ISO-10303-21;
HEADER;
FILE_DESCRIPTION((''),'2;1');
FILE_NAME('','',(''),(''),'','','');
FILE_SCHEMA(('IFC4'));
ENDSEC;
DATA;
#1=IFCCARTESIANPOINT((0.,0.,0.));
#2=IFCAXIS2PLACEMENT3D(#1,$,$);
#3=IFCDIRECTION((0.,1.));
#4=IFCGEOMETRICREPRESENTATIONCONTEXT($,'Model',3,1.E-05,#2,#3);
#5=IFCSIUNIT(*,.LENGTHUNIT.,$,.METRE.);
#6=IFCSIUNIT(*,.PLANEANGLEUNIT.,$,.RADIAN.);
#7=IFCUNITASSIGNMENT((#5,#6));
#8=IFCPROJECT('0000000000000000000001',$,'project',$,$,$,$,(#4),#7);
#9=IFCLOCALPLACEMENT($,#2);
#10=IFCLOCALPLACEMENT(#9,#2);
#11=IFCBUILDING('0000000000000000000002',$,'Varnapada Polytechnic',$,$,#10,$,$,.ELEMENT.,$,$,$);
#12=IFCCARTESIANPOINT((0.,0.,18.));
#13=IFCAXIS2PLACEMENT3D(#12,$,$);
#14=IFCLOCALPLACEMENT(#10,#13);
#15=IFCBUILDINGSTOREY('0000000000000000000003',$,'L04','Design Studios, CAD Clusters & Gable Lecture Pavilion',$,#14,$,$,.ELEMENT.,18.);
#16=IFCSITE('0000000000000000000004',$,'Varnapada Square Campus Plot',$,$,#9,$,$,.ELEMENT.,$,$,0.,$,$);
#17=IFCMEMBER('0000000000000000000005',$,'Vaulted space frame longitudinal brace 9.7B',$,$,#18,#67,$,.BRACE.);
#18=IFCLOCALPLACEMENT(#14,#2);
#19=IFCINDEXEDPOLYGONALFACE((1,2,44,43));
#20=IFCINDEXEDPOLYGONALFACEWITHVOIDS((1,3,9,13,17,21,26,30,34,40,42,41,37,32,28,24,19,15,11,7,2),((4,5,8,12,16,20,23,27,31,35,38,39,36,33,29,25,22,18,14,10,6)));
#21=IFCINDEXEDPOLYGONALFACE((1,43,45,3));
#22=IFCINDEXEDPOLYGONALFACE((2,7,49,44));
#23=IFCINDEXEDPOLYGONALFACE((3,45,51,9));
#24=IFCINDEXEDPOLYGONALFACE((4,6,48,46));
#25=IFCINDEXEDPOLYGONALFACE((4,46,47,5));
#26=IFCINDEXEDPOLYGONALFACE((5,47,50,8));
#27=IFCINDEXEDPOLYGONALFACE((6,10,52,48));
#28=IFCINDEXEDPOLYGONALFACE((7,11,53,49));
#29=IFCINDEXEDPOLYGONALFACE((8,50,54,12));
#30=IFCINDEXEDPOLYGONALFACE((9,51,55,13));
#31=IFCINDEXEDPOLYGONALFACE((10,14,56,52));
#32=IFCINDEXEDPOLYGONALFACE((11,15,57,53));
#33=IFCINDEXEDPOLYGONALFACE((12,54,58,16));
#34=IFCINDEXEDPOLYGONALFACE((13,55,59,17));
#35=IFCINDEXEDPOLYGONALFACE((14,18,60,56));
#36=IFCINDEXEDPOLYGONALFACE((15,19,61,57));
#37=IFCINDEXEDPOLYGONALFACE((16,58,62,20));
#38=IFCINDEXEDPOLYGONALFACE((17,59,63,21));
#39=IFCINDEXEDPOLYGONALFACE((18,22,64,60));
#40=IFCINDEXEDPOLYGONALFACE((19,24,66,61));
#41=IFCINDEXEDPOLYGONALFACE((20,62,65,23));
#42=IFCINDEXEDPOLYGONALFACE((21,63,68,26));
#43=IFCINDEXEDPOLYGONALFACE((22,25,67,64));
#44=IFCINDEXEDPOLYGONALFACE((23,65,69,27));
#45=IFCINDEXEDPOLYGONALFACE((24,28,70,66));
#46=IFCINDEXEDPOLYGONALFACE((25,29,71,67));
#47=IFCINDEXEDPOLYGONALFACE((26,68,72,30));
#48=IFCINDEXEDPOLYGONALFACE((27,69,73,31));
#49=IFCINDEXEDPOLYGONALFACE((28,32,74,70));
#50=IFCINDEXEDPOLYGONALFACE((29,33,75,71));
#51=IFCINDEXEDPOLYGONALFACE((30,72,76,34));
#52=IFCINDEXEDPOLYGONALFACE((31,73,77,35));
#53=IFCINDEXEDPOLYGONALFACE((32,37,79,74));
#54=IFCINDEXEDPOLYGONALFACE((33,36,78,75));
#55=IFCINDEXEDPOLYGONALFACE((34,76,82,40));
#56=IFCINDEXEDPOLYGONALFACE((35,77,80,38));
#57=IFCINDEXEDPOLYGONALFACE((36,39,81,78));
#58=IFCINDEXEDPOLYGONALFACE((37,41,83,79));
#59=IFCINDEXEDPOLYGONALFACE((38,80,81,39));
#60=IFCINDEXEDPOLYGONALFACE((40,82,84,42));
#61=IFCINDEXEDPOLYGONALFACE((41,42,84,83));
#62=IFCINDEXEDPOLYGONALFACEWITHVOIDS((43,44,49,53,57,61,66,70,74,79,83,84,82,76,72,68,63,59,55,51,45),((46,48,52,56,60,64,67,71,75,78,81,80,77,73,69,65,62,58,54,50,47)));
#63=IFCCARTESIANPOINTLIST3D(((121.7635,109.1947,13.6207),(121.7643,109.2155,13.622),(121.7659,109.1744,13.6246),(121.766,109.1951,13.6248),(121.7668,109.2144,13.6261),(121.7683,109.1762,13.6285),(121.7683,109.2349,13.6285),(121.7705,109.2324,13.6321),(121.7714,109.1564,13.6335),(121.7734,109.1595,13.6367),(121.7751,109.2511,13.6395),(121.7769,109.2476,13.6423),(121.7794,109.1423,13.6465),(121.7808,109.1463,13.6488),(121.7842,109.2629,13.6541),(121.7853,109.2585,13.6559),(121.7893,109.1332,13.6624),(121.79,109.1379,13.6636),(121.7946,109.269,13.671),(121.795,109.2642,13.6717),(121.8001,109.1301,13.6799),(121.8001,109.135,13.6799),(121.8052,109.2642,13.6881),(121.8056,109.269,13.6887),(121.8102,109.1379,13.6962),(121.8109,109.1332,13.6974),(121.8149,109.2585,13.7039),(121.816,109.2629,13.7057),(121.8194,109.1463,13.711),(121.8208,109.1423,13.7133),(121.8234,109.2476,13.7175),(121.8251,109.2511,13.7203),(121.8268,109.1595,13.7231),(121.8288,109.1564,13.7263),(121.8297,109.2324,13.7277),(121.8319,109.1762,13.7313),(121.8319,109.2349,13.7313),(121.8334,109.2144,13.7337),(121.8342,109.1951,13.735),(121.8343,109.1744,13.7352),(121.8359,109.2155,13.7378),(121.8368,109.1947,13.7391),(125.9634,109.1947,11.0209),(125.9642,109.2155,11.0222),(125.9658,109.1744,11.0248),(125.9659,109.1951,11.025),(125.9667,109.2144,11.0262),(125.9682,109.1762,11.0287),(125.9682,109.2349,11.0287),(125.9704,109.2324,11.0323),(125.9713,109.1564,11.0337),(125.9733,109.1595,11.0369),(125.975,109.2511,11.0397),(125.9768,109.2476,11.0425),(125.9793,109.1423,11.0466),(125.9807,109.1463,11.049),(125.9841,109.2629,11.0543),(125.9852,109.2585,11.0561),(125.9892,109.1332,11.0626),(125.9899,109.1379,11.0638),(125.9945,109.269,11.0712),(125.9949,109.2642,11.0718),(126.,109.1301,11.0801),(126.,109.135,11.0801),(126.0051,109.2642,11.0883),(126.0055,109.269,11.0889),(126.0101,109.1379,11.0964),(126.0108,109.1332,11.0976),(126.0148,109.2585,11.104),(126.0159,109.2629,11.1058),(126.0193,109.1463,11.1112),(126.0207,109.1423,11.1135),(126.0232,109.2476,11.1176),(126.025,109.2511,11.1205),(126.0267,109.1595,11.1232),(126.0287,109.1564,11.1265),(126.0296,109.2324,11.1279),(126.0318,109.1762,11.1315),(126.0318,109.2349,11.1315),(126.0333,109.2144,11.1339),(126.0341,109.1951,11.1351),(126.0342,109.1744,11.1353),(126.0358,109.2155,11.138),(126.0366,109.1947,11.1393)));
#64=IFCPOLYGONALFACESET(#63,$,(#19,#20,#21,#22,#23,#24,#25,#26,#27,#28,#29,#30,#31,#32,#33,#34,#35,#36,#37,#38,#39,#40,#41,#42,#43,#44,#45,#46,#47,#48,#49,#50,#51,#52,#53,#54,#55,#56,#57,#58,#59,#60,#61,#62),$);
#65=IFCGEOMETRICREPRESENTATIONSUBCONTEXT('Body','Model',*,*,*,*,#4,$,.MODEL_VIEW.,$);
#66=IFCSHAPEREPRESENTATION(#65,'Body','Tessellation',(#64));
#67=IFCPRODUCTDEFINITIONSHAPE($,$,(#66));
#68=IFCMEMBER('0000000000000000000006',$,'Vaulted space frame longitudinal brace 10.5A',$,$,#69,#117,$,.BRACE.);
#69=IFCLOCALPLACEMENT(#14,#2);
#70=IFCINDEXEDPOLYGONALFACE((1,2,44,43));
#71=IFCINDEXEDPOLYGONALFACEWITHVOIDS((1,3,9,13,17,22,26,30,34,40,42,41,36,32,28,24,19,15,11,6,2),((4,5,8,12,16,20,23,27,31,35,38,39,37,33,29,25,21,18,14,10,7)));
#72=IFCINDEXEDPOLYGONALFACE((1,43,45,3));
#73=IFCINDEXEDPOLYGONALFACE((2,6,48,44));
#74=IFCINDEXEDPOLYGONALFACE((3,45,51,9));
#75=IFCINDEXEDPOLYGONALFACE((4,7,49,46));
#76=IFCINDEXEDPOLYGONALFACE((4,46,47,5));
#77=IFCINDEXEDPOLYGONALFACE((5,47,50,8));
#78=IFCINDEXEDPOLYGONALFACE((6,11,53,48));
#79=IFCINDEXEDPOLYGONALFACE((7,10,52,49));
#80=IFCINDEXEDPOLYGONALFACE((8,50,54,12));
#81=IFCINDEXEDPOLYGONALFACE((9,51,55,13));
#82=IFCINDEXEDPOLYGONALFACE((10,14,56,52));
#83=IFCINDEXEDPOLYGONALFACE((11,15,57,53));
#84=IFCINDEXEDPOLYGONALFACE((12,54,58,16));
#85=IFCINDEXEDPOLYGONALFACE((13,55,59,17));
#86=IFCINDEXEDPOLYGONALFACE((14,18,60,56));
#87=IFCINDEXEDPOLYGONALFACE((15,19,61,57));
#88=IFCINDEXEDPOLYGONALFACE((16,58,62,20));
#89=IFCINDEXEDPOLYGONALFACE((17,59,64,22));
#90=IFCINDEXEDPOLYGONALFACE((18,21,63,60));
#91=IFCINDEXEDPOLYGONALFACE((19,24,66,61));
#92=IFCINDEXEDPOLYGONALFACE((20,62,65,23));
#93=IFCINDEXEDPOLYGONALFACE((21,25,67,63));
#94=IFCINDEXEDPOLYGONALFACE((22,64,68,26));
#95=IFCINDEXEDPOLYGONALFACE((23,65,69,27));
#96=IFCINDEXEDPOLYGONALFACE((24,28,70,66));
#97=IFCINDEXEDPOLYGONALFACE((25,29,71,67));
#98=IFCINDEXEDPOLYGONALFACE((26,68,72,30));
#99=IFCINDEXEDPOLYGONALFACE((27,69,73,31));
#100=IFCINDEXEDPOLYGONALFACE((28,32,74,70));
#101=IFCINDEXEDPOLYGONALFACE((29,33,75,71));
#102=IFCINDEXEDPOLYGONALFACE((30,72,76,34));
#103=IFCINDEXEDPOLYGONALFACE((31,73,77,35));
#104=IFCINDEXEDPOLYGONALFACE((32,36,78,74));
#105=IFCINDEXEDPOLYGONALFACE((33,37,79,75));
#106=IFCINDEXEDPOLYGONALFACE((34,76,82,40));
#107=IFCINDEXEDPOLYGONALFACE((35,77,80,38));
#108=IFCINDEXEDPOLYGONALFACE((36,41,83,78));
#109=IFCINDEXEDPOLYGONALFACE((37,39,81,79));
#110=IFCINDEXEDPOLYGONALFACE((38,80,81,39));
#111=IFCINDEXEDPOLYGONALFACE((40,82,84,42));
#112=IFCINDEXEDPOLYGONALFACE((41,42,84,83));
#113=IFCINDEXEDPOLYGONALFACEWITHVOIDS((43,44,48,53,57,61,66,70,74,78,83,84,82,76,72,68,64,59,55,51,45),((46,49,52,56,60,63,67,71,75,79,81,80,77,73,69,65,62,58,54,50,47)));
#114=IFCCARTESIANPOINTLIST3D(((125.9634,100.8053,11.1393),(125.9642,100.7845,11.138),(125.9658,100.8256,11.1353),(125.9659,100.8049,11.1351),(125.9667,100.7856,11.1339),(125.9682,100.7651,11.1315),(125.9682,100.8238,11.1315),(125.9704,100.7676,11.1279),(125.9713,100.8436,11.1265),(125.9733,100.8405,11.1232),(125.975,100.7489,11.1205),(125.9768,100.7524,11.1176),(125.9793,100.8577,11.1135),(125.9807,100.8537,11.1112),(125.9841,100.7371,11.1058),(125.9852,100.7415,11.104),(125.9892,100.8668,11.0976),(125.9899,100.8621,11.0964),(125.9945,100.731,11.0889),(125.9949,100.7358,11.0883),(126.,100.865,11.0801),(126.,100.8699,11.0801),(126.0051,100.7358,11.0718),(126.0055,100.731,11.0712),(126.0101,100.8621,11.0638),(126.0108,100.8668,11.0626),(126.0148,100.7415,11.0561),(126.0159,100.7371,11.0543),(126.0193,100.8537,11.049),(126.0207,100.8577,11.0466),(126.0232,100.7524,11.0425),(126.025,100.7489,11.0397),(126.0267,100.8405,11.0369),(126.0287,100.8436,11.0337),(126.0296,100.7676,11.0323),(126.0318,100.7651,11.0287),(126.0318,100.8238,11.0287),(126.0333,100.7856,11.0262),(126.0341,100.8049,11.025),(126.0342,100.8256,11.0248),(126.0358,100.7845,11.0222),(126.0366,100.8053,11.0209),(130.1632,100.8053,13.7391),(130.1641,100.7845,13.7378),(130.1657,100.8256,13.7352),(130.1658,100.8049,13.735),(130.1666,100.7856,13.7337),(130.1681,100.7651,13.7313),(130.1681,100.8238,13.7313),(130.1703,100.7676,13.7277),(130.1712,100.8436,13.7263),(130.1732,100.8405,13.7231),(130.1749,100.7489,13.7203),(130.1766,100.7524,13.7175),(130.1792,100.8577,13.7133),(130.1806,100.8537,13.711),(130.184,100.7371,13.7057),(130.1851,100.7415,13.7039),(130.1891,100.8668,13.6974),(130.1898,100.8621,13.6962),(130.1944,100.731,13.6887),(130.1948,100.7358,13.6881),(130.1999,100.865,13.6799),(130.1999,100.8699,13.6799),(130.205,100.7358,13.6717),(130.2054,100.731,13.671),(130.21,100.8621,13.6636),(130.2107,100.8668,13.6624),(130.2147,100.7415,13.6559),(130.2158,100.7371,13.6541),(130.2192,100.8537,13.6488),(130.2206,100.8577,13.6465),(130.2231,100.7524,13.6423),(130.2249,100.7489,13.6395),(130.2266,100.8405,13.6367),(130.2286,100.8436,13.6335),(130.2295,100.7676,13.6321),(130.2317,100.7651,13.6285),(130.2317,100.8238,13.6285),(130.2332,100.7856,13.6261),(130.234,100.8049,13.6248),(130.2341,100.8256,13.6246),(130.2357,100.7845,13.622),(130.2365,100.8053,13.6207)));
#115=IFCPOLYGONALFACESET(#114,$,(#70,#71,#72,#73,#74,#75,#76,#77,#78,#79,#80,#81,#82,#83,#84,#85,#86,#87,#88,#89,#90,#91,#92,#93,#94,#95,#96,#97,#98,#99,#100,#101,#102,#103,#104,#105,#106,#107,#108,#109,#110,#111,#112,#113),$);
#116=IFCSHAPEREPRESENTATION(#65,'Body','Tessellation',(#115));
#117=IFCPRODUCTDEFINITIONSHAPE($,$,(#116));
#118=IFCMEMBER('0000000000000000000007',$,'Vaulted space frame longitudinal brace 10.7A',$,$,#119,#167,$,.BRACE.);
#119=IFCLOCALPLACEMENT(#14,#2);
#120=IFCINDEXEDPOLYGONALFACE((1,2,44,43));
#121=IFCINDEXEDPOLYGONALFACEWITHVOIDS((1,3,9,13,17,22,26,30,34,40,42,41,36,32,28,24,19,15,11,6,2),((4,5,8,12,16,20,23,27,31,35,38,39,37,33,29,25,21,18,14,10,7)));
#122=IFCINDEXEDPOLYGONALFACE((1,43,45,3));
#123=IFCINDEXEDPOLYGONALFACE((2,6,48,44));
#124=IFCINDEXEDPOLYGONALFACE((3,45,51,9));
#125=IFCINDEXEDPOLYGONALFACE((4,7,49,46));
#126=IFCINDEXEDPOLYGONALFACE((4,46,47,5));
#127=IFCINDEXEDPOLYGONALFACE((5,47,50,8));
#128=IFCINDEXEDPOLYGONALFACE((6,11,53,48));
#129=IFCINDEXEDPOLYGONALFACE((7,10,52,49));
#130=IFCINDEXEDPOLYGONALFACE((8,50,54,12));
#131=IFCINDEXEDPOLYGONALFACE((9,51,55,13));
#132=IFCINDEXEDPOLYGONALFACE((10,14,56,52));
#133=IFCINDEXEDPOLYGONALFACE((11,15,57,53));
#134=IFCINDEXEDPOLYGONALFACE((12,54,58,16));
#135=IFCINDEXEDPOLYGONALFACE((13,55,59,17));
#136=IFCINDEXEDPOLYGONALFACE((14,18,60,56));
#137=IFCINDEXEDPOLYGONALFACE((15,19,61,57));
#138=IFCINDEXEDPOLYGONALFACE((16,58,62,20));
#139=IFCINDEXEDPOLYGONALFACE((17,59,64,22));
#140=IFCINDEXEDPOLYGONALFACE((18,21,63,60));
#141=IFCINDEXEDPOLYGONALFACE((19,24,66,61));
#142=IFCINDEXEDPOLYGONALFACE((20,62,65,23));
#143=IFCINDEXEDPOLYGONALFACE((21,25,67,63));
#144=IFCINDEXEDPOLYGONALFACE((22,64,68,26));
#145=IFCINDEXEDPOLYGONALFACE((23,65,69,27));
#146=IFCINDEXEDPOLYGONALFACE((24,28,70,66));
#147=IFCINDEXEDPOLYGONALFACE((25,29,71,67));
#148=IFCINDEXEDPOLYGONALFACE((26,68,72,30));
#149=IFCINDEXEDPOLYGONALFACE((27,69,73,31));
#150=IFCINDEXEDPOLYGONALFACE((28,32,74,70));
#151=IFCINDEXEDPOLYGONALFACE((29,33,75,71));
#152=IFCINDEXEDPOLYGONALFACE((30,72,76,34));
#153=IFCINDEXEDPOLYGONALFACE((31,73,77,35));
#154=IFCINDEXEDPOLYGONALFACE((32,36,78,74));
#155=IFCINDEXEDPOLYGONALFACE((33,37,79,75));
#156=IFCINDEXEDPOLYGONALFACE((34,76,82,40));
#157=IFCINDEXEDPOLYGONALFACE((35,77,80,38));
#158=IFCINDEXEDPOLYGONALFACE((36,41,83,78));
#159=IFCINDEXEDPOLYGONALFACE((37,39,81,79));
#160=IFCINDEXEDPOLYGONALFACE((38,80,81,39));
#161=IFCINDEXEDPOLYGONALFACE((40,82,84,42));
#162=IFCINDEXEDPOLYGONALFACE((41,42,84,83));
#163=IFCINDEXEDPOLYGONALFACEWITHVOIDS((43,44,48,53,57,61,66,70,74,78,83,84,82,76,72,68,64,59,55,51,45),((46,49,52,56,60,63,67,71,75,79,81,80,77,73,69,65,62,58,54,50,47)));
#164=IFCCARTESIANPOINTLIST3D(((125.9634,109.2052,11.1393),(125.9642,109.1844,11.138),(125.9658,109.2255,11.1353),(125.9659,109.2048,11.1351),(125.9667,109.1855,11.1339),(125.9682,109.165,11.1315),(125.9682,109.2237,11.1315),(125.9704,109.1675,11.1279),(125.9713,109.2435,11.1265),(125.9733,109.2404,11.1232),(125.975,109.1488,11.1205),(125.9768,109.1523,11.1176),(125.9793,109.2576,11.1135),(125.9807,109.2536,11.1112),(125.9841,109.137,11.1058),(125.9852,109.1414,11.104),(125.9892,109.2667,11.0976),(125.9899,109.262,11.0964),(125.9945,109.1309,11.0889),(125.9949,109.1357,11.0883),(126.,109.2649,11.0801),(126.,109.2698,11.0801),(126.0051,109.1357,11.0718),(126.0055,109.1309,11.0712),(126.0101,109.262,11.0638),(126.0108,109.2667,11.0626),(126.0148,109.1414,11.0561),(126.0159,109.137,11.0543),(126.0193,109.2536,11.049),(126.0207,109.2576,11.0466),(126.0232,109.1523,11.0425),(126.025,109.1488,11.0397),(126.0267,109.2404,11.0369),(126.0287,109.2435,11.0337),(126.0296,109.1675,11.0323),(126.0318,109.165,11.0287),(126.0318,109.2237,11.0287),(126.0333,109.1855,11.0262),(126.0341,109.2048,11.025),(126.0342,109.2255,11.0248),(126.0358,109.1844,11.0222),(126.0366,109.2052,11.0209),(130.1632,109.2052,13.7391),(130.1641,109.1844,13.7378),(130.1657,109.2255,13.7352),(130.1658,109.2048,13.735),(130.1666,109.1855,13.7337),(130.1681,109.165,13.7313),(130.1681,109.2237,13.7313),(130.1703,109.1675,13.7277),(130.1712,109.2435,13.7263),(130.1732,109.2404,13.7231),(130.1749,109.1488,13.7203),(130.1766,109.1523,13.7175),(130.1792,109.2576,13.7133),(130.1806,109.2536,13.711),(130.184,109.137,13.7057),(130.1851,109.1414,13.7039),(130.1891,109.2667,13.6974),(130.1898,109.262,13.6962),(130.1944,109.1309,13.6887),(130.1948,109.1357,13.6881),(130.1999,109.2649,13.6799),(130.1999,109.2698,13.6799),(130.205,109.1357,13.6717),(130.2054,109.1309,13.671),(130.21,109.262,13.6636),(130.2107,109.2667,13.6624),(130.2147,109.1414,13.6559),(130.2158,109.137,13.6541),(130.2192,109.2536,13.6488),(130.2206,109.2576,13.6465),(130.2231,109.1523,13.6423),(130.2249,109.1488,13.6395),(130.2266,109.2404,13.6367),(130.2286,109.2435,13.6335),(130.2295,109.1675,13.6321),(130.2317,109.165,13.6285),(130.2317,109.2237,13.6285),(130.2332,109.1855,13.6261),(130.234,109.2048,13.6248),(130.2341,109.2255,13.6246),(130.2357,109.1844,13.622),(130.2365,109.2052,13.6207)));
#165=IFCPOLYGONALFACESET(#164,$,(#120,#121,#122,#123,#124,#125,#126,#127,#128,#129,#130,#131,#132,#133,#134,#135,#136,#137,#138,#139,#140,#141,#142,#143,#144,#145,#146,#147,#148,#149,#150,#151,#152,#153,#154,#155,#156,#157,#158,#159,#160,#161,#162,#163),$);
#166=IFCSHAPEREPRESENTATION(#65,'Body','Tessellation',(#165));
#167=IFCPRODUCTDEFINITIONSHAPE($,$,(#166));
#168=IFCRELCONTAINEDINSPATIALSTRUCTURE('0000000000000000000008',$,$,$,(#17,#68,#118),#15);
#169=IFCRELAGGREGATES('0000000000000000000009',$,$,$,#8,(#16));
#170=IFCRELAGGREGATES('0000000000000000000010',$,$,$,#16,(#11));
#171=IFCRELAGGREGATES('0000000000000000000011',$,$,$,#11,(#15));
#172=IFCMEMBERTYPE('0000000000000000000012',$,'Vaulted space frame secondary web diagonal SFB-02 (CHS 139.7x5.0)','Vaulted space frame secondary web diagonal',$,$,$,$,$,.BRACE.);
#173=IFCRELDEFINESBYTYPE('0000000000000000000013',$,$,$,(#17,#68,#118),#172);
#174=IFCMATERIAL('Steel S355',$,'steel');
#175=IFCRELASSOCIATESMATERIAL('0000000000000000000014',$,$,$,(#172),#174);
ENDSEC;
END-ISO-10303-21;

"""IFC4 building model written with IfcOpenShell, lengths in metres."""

from ifc_helpers import new_model, si_unit, direction, frame, origin, origin_2d, place, context, subcontext, project, spatial, hollow_circle, extrude, material, material_profile, profile_set, type_object, element, save


model = new_model("IFC4")

# Units and contexts
model_context = context("Model", 3, precision=1e-05, world=origin(), true_north=direction((0.0, 1.0)))
body_context = subcontext(model_context, "Body", "Model", "MODEL_VIEW")
ifc_project = project(units=[si_unit("LENGTHUNIT", "METRE"), si_unit("PLANEANGLEUNIT", "RADIAN")], contexts=[model_context])

# Site, building, storey
site_placement = place(None, origin())
site = spatial("IfcSite", under=ifc_project, at=site_placement, Name="Varnapada Square Campus Plot", CompositionType="ELEMENT", RefElevation=0.0)
building_placement = place(site_placement, origin())
building = spatial("IfcBuilding", under=site, at=building_placement, Name="Varnapada Polytechnic", CompositionType="ELEMENT")
storey_placement = place(building_placement, frame((0.0, 0.0, 18.0)))
storey = spatial("IfcBuildingStorey", under=building, at=storey_placement, Name="L04", Description="Design Studios, CAD Clusters & Gable Lecture Pavilion", CompositionType="ELEMENT", Elevation=18.0)

# Shared definitions
ifc_material = material(Name="Steel S355", Category="steel")

# Members
ifc_material_profile_1 = material_profile(ifc_material, hollow_circle(Radius=0.0698, WallThickness=0.0049, at=origin_2d()), Name="CHS 139.7x5.0")
ifc_profile_set_1 = profile_set([ifc_material_profile_1], Name="Steel S355")
member_type_1 = type_object("IfcMemberType", Name="Vaulted space frame secondary web diagonal SFB-02 (CHS 139.7x5.0)", Description="Vaulted space frame secondary web diagonal", PredefinedType="BRACE", material=ifc_profile_set_1)
for number, where, z_axis, x_axis, name in (
    (1, (126.0, 109.2, 11.0801), (-0.850276, 0.0, 0.526338), (0.0, -1.0, 0.0), "Vaulted space frame longitudinal brace 9.7B"),
    (2, (126.0, 100.8, 11.0801), (0.850276, 0.0, 0.526338), (0.0, 1.0, 0.0), "Vaulted space frame longitudinal brace 10.5A"),
    (3, (126.0, 109.2, 11.0801), (0.850276, 0.0, 0.526338), (0.0, 1.0, 0.0), "Vaulted space frame longitudinal brace 10.7A"),
):
    element("IfcMember", number, at=place(storey_placement, frame(where, z_axis=z_axis, x_axis=x_axis)), inside=storey, type_object=member_type_1, Name=name, PredefinedType="BRACE", context=body_context, shape_type="SweptSolid", body=[
        extrude(hollow_circle(Radius=0.0698, WallThickness=0.0049, at=origin_2d()), origin(), (0.0, 0.0, 1.0), 4.9395),
    ])

save(model, "model.ifc")
